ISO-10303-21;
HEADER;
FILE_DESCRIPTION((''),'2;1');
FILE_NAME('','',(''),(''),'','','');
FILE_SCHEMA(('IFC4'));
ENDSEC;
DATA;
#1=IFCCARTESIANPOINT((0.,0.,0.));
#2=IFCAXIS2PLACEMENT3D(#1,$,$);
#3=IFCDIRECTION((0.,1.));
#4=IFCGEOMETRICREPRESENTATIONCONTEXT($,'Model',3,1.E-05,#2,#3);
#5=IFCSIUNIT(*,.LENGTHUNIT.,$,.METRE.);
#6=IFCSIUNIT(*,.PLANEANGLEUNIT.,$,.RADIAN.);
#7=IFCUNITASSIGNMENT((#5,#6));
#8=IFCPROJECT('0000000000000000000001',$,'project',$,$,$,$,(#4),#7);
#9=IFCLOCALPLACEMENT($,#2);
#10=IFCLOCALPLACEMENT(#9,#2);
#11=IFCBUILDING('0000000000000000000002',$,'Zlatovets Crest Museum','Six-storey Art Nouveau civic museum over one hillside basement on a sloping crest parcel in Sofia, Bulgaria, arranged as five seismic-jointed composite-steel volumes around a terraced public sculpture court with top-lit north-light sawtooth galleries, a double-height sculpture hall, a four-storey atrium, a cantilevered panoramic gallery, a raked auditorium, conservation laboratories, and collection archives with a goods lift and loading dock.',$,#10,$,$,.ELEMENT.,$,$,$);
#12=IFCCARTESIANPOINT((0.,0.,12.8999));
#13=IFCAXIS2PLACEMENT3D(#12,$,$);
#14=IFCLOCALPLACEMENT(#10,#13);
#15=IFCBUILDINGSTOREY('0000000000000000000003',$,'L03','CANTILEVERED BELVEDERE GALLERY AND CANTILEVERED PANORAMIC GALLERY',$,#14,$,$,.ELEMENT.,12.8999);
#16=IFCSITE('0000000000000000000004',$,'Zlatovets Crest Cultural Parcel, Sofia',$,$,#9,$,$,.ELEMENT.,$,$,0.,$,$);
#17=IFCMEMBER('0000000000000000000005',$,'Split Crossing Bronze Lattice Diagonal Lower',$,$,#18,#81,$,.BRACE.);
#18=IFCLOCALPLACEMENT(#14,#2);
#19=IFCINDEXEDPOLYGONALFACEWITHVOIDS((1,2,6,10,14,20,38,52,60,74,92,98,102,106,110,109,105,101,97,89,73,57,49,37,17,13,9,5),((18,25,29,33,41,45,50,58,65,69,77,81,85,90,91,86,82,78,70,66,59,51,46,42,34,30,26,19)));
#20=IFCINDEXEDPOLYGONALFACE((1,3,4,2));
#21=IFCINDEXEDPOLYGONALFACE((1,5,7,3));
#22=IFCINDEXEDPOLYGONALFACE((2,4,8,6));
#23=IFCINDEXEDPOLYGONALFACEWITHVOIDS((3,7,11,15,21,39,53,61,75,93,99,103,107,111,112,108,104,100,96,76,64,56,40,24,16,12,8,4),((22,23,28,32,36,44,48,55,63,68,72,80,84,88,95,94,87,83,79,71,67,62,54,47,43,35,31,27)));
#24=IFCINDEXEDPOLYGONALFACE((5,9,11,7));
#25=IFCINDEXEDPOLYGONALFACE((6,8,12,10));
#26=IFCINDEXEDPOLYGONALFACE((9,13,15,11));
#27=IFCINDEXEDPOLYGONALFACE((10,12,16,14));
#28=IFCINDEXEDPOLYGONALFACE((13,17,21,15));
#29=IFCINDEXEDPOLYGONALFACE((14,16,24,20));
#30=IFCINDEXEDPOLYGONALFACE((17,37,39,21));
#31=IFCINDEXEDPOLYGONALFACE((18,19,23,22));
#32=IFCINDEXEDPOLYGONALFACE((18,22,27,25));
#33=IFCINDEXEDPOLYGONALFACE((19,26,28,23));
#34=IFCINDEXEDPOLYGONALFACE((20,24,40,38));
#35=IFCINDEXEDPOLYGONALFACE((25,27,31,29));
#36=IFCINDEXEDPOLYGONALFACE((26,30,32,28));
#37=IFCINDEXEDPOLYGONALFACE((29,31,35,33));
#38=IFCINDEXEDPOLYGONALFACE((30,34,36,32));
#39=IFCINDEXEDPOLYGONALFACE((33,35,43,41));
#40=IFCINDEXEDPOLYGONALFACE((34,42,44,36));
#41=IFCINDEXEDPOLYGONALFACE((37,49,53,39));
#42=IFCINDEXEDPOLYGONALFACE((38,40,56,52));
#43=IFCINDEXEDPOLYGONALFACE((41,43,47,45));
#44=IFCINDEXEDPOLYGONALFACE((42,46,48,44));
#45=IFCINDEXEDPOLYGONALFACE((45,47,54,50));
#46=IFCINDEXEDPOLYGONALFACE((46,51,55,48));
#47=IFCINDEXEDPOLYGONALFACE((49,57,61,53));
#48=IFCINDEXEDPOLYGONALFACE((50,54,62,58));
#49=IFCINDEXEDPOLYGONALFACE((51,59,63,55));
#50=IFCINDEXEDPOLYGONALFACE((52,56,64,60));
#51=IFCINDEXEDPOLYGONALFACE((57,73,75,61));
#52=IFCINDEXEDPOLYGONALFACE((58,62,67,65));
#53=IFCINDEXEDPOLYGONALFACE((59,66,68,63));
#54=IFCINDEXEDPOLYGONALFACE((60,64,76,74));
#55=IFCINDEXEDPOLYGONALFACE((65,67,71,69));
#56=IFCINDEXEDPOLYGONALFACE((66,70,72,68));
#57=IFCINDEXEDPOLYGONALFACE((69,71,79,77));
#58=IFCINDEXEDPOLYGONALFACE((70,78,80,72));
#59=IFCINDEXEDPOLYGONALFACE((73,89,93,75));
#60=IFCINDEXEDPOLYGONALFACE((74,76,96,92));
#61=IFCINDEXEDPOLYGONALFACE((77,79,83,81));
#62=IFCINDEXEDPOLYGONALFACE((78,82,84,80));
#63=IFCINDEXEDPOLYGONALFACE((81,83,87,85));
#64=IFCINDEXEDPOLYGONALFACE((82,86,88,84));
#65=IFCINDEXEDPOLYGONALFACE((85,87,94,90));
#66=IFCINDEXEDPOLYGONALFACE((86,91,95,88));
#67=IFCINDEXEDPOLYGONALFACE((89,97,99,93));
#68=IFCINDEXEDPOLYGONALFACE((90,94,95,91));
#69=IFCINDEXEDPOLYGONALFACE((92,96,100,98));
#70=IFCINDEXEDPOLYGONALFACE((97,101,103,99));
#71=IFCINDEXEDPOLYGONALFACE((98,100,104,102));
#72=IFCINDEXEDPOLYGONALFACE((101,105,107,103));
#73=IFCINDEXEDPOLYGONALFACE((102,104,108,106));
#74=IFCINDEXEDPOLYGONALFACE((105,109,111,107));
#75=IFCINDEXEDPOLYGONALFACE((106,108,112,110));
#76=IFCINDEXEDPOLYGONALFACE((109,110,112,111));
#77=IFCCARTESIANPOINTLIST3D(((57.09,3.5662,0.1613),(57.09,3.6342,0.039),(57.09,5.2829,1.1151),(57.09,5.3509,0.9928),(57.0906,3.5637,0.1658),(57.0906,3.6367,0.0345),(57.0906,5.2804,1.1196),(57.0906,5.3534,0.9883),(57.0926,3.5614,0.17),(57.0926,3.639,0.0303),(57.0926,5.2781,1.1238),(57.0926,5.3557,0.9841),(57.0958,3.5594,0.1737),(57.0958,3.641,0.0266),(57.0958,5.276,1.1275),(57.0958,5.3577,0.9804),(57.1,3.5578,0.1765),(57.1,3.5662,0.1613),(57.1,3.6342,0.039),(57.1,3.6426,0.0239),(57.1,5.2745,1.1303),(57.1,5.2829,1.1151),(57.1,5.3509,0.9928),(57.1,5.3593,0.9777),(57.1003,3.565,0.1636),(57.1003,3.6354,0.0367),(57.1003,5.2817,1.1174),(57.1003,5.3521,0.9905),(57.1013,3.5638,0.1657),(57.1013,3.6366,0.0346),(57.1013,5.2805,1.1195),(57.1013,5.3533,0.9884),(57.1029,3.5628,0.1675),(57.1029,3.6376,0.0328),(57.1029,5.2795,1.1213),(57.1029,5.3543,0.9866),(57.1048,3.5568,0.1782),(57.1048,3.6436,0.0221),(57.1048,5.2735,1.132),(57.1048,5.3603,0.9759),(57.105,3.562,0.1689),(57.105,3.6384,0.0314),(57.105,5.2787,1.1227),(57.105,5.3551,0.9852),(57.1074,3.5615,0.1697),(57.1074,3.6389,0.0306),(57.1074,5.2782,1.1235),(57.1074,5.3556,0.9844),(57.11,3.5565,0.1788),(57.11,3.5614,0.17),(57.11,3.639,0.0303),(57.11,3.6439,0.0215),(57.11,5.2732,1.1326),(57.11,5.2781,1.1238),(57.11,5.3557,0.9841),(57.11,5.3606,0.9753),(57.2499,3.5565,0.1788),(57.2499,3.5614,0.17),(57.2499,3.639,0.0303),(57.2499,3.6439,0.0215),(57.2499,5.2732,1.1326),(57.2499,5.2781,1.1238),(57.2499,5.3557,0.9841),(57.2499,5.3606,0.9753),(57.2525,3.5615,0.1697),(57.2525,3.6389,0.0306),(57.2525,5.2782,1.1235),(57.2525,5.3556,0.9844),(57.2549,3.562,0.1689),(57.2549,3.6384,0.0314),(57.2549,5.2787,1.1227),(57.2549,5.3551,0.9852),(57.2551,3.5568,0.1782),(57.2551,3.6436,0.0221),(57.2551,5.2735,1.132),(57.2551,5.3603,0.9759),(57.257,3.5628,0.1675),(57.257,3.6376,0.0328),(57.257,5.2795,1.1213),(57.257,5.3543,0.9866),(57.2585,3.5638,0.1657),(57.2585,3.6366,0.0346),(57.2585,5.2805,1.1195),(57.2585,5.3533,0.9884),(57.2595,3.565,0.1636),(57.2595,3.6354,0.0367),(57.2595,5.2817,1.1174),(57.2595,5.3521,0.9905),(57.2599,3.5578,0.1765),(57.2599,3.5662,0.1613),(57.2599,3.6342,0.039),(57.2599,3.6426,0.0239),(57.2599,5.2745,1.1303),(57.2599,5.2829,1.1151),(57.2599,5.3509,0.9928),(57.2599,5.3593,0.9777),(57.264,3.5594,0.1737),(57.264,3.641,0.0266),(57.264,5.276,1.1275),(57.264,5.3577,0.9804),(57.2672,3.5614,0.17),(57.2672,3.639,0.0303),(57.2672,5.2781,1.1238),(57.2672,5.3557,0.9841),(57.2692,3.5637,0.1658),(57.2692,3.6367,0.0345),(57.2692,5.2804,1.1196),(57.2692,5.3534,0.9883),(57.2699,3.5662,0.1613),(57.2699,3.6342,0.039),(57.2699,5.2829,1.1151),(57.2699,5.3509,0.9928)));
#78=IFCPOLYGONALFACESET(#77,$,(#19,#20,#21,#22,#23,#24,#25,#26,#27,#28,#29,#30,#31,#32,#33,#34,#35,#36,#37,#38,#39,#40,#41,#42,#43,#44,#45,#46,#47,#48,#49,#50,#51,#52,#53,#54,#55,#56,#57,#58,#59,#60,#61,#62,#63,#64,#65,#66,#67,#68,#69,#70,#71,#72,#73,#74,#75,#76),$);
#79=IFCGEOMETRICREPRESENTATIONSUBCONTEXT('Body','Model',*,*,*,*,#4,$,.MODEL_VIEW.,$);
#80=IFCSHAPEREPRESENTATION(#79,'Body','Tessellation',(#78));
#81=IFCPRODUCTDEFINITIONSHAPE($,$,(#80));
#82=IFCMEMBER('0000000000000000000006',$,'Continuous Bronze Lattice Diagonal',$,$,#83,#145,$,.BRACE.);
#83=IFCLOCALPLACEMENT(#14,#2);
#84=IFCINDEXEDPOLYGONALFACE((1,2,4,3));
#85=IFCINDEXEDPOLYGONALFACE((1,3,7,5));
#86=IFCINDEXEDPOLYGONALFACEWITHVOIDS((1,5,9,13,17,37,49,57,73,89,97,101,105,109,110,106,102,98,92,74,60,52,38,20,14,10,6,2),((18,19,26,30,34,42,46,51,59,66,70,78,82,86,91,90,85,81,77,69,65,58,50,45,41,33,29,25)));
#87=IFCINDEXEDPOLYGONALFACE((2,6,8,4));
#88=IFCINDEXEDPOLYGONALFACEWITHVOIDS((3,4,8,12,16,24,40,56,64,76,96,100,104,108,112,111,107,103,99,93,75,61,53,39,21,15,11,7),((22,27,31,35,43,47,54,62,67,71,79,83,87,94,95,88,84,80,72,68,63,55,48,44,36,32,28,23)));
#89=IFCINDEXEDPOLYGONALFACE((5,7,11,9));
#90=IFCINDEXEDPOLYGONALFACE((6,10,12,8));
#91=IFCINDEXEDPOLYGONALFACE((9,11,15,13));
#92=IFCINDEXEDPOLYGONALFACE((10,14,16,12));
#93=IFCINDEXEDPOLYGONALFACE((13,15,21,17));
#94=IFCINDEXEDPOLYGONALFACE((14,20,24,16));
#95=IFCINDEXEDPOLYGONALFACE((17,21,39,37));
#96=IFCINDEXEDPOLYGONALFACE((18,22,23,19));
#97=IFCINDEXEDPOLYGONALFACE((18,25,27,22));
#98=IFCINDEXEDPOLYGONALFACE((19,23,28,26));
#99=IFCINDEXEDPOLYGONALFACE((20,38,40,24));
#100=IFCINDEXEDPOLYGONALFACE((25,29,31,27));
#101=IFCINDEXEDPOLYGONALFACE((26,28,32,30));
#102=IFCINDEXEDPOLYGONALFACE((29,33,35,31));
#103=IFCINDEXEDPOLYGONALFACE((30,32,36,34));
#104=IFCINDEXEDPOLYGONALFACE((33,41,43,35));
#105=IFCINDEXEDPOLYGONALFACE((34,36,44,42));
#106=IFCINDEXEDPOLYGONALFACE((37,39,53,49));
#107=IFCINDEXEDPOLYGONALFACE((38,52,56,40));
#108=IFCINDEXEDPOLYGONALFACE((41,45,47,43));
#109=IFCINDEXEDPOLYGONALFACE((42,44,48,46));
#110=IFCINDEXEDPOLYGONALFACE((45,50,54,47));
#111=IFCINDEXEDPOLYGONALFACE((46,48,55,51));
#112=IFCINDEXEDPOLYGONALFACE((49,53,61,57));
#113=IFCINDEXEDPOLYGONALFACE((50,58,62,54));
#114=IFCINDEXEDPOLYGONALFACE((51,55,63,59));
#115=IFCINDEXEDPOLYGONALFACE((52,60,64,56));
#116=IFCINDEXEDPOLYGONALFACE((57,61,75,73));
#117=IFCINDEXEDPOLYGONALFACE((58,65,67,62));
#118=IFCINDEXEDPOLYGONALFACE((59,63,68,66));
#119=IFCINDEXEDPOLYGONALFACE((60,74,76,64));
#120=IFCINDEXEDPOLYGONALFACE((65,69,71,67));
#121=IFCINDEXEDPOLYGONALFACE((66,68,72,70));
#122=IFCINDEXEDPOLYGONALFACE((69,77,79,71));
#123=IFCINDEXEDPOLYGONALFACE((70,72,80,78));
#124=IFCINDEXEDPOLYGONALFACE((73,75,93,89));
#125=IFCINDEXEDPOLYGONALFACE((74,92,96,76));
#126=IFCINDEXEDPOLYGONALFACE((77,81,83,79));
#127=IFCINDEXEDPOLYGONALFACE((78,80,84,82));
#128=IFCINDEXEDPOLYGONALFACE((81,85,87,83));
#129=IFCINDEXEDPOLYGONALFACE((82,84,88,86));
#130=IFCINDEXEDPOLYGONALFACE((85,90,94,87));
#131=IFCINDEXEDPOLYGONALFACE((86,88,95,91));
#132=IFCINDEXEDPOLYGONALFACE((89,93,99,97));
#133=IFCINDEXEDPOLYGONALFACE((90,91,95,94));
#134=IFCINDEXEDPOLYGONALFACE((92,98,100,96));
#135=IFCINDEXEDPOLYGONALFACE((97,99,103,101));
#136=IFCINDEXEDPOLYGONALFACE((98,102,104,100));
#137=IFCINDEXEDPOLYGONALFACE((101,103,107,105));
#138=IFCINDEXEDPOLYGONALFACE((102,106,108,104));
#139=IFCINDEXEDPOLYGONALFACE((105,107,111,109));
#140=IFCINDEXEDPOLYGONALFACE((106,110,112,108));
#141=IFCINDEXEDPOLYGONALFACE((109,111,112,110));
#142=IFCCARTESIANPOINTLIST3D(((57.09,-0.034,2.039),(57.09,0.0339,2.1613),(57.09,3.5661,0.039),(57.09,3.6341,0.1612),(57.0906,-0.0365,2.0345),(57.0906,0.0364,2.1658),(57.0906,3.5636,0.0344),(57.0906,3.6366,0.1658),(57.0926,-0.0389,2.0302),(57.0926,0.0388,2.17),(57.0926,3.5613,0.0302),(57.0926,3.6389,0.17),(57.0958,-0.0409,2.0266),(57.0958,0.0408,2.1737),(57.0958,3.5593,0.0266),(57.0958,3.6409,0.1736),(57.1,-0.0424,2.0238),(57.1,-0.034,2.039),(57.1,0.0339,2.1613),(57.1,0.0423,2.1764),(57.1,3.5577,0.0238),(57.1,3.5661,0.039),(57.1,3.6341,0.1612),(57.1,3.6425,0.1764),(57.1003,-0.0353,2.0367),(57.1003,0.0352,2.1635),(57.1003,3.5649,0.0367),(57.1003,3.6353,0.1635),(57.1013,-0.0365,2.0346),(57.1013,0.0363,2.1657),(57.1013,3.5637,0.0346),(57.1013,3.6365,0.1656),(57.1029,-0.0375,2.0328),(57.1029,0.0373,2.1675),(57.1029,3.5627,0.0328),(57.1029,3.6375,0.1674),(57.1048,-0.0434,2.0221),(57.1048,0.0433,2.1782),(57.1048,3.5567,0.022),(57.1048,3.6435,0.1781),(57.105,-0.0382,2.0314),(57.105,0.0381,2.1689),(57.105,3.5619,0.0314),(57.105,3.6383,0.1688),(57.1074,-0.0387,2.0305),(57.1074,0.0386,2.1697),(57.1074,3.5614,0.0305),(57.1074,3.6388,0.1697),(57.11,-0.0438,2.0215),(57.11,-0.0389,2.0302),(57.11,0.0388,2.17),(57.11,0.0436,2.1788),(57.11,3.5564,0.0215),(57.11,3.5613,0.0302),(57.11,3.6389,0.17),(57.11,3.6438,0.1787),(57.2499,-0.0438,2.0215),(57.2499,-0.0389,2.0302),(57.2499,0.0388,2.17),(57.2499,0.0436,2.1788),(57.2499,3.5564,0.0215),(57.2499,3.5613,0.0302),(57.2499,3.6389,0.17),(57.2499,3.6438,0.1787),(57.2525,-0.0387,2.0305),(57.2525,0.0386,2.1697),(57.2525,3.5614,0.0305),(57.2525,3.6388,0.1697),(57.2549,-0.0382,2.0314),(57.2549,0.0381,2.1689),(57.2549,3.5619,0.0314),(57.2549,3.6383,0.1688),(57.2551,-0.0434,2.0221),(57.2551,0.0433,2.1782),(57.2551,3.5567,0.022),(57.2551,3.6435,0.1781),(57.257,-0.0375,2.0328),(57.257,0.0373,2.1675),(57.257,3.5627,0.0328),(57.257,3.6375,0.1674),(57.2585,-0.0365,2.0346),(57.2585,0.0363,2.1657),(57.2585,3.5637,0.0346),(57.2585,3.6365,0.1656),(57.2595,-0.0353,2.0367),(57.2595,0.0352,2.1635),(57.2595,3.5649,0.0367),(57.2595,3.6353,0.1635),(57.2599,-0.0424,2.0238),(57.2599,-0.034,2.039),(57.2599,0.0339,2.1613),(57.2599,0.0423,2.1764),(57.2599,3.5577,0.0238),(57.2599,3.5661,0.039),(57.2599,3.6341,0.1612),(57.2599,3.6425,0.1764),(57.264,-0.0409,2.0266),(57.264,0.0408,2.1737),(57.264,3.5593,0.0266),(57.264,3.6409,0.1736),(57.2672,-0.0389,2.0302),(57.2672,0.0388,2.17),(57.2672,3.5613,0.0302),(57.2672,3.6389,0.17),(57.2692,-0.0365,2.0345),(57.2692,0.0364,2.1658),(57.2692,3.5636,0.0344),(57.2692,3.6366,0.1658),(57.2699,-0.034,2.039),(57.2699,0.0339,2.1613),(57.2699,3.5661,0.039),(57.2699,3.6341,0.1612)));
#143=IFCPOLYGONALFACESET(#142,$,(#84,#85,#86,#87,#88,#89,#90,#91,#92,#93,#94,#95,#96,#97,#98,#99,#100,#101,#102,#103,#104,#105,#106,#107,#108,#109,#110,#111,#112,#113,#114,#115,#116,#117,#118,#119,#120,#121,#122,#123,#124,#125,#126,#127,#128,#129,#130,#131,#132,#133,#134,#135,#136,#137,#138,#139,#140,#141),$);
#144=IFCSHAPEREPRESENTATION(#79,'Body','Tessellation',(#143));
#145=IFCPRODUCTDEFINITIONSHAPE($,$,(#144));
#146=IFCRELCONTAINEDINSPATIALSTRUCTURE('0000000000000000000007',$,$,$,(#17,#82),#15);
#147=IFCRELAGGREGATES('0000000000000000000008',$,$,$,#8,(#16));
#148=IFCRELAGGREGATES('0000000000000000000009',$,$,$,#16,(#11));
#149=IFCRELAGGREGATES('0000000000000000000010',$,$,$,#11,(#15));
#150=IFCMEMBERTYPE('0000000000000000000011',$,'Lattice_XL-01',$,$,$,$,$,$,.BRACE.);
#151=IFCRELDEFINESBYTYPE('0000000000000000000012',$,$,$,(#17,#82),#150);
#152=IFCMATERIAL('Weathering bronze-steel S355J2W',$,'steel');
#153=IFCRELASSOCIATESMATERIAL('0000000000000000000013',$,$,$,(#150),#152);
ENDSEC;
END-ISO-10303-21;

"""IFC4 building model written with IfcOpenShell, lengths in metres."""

from ifc_helpers import new_model, si_unit, direction, frame, origin, origin_2d, place, context, subcontext, project, spatial, hollow_rectangle, extrude, material, material_profile, profile_set, type_object, element, save


model = new_model("IFC4")

# Units and contexts
model_context = context("Model", 3, precision=1e-05, world=origin(), true_north=direction((0.0, 1.0)))
body_context = subcontext(model_context, "Body", "Model", "MODEL_VIEW")
ifc_project = project(units=[si_unit("LENGTHUNIT", "METRE"), si_unit("PLANEANGLEUNIT", "RADIAN")], contexts=[model_context])

# Site, building, storey
site_placement = place(None, origin())
site = spatial("IfcSite", under=ifc_project, at=site_placement, Name="Zlatovets Crest Cultural Parcel, Sofia", CompositionType="ELEMENT", RefElevation=0.0)
building_placement = place(site_placement, origin())
building = spatial("IfcBuilding", under=site, at=building_placement, Name="Zlatovets Crest Museum", Description="Six-storey Art Nouveau civic museum over one hillside basement on a sloping crest parcel in Sofia, Bulgaria, arranged as five seismic-jointed composite-steel volumes around a terraced public sculpture court with top-lit north-light sawtooth galleries, a double-height sculpture hall, a four-storey atrium, a cantilevered panoramic gallery, a raked auditorium, conservation laboratories, and collection archives with a goods lift and loading dock.", CompositionType="ELEMENT")
storey_placement = place(building_placement, frame((0.0, 0.0, 12.8999)))
storey = spatial("IfcBuildingStorey", under=building, at=storey_placement, Name="L03", Description="CANTILEVERED BELVEDERE GALLERY AND CANTILEVERED PANORAMIC GALLERY", CompositionType="ELEMENT", Elevation=12.8999)

# Members
ifc_material_1 = material(Name="Weathering bronze-steel S355J2W", Category="steel")
ifc_material_profile_1 = material_profile(ifc_material_1, hollow_rectangle(XDim=0.1799, YDim=0.1799, WallThickness=0.01, InnerFilletRadius=0.01, OuterFilletRadius=0.02, at=origin_2d()), Name="SHS 180x180x10.0")
ifc_profile_set_1 = profile_set([ifc_material_profile_1], Name="Weathering bronze-steel S355J2W")
member_type_1 = type_object("IfcMemberType", Name="Lattice_XL-01", PredefinedType="BRACE", material=ifc_profile_set_1)
member_1_placement = place(storey_placement, frame((57.1799, 5.3169, 1.054), z_axis=(0.0, -0.87414, -0.485675), x_axis=(1.0, 0.0, 0.0)))
element("IfcMember", 1, at=member_1_placement, inside=storey, type_object=member_type_1, Name="Split Crossing Bronze Lattice Diagonal Lower", PredefinedType="BRACE", context=body_context, shape_type="SweptSolid", body=[
    extrude(hollow_rectangle(XDim=0.1799, YDim=0.1799, WallThickness=0.01, InnerFilletRadius=0.01, OuterFilletRadius=0.02, at=origin_2d()), origin(), (0.0, 0.0, 1.0), 1.9639),
])
member_2_placement = place(storey_placement, frame((57.1799, 3.6001, 0.1001), z_axis=(0.0, -0.874163, 0.485633), x_axis=(1.0, 0.0, 0.0)))
element("IfcMember", 2, at=member_2_placement, inside=storey, type_object=member_type_1, Name="Continuous Bronze Lattice Diagonal", PredefinedType="BRACE", context=body_context, shape_type="SweptSolid", body=[
    extrude(hollow_rectangle(XDim=0.1799, YDim=0.1799, WallThickness=0.01, InnerFilletRadius=0.01, OuterFilletRadius=0.02, at=origin_2d()), origin(), (0.0, 0.0, 1.0), 4.1184),
])

save(model, "model.ifc")
